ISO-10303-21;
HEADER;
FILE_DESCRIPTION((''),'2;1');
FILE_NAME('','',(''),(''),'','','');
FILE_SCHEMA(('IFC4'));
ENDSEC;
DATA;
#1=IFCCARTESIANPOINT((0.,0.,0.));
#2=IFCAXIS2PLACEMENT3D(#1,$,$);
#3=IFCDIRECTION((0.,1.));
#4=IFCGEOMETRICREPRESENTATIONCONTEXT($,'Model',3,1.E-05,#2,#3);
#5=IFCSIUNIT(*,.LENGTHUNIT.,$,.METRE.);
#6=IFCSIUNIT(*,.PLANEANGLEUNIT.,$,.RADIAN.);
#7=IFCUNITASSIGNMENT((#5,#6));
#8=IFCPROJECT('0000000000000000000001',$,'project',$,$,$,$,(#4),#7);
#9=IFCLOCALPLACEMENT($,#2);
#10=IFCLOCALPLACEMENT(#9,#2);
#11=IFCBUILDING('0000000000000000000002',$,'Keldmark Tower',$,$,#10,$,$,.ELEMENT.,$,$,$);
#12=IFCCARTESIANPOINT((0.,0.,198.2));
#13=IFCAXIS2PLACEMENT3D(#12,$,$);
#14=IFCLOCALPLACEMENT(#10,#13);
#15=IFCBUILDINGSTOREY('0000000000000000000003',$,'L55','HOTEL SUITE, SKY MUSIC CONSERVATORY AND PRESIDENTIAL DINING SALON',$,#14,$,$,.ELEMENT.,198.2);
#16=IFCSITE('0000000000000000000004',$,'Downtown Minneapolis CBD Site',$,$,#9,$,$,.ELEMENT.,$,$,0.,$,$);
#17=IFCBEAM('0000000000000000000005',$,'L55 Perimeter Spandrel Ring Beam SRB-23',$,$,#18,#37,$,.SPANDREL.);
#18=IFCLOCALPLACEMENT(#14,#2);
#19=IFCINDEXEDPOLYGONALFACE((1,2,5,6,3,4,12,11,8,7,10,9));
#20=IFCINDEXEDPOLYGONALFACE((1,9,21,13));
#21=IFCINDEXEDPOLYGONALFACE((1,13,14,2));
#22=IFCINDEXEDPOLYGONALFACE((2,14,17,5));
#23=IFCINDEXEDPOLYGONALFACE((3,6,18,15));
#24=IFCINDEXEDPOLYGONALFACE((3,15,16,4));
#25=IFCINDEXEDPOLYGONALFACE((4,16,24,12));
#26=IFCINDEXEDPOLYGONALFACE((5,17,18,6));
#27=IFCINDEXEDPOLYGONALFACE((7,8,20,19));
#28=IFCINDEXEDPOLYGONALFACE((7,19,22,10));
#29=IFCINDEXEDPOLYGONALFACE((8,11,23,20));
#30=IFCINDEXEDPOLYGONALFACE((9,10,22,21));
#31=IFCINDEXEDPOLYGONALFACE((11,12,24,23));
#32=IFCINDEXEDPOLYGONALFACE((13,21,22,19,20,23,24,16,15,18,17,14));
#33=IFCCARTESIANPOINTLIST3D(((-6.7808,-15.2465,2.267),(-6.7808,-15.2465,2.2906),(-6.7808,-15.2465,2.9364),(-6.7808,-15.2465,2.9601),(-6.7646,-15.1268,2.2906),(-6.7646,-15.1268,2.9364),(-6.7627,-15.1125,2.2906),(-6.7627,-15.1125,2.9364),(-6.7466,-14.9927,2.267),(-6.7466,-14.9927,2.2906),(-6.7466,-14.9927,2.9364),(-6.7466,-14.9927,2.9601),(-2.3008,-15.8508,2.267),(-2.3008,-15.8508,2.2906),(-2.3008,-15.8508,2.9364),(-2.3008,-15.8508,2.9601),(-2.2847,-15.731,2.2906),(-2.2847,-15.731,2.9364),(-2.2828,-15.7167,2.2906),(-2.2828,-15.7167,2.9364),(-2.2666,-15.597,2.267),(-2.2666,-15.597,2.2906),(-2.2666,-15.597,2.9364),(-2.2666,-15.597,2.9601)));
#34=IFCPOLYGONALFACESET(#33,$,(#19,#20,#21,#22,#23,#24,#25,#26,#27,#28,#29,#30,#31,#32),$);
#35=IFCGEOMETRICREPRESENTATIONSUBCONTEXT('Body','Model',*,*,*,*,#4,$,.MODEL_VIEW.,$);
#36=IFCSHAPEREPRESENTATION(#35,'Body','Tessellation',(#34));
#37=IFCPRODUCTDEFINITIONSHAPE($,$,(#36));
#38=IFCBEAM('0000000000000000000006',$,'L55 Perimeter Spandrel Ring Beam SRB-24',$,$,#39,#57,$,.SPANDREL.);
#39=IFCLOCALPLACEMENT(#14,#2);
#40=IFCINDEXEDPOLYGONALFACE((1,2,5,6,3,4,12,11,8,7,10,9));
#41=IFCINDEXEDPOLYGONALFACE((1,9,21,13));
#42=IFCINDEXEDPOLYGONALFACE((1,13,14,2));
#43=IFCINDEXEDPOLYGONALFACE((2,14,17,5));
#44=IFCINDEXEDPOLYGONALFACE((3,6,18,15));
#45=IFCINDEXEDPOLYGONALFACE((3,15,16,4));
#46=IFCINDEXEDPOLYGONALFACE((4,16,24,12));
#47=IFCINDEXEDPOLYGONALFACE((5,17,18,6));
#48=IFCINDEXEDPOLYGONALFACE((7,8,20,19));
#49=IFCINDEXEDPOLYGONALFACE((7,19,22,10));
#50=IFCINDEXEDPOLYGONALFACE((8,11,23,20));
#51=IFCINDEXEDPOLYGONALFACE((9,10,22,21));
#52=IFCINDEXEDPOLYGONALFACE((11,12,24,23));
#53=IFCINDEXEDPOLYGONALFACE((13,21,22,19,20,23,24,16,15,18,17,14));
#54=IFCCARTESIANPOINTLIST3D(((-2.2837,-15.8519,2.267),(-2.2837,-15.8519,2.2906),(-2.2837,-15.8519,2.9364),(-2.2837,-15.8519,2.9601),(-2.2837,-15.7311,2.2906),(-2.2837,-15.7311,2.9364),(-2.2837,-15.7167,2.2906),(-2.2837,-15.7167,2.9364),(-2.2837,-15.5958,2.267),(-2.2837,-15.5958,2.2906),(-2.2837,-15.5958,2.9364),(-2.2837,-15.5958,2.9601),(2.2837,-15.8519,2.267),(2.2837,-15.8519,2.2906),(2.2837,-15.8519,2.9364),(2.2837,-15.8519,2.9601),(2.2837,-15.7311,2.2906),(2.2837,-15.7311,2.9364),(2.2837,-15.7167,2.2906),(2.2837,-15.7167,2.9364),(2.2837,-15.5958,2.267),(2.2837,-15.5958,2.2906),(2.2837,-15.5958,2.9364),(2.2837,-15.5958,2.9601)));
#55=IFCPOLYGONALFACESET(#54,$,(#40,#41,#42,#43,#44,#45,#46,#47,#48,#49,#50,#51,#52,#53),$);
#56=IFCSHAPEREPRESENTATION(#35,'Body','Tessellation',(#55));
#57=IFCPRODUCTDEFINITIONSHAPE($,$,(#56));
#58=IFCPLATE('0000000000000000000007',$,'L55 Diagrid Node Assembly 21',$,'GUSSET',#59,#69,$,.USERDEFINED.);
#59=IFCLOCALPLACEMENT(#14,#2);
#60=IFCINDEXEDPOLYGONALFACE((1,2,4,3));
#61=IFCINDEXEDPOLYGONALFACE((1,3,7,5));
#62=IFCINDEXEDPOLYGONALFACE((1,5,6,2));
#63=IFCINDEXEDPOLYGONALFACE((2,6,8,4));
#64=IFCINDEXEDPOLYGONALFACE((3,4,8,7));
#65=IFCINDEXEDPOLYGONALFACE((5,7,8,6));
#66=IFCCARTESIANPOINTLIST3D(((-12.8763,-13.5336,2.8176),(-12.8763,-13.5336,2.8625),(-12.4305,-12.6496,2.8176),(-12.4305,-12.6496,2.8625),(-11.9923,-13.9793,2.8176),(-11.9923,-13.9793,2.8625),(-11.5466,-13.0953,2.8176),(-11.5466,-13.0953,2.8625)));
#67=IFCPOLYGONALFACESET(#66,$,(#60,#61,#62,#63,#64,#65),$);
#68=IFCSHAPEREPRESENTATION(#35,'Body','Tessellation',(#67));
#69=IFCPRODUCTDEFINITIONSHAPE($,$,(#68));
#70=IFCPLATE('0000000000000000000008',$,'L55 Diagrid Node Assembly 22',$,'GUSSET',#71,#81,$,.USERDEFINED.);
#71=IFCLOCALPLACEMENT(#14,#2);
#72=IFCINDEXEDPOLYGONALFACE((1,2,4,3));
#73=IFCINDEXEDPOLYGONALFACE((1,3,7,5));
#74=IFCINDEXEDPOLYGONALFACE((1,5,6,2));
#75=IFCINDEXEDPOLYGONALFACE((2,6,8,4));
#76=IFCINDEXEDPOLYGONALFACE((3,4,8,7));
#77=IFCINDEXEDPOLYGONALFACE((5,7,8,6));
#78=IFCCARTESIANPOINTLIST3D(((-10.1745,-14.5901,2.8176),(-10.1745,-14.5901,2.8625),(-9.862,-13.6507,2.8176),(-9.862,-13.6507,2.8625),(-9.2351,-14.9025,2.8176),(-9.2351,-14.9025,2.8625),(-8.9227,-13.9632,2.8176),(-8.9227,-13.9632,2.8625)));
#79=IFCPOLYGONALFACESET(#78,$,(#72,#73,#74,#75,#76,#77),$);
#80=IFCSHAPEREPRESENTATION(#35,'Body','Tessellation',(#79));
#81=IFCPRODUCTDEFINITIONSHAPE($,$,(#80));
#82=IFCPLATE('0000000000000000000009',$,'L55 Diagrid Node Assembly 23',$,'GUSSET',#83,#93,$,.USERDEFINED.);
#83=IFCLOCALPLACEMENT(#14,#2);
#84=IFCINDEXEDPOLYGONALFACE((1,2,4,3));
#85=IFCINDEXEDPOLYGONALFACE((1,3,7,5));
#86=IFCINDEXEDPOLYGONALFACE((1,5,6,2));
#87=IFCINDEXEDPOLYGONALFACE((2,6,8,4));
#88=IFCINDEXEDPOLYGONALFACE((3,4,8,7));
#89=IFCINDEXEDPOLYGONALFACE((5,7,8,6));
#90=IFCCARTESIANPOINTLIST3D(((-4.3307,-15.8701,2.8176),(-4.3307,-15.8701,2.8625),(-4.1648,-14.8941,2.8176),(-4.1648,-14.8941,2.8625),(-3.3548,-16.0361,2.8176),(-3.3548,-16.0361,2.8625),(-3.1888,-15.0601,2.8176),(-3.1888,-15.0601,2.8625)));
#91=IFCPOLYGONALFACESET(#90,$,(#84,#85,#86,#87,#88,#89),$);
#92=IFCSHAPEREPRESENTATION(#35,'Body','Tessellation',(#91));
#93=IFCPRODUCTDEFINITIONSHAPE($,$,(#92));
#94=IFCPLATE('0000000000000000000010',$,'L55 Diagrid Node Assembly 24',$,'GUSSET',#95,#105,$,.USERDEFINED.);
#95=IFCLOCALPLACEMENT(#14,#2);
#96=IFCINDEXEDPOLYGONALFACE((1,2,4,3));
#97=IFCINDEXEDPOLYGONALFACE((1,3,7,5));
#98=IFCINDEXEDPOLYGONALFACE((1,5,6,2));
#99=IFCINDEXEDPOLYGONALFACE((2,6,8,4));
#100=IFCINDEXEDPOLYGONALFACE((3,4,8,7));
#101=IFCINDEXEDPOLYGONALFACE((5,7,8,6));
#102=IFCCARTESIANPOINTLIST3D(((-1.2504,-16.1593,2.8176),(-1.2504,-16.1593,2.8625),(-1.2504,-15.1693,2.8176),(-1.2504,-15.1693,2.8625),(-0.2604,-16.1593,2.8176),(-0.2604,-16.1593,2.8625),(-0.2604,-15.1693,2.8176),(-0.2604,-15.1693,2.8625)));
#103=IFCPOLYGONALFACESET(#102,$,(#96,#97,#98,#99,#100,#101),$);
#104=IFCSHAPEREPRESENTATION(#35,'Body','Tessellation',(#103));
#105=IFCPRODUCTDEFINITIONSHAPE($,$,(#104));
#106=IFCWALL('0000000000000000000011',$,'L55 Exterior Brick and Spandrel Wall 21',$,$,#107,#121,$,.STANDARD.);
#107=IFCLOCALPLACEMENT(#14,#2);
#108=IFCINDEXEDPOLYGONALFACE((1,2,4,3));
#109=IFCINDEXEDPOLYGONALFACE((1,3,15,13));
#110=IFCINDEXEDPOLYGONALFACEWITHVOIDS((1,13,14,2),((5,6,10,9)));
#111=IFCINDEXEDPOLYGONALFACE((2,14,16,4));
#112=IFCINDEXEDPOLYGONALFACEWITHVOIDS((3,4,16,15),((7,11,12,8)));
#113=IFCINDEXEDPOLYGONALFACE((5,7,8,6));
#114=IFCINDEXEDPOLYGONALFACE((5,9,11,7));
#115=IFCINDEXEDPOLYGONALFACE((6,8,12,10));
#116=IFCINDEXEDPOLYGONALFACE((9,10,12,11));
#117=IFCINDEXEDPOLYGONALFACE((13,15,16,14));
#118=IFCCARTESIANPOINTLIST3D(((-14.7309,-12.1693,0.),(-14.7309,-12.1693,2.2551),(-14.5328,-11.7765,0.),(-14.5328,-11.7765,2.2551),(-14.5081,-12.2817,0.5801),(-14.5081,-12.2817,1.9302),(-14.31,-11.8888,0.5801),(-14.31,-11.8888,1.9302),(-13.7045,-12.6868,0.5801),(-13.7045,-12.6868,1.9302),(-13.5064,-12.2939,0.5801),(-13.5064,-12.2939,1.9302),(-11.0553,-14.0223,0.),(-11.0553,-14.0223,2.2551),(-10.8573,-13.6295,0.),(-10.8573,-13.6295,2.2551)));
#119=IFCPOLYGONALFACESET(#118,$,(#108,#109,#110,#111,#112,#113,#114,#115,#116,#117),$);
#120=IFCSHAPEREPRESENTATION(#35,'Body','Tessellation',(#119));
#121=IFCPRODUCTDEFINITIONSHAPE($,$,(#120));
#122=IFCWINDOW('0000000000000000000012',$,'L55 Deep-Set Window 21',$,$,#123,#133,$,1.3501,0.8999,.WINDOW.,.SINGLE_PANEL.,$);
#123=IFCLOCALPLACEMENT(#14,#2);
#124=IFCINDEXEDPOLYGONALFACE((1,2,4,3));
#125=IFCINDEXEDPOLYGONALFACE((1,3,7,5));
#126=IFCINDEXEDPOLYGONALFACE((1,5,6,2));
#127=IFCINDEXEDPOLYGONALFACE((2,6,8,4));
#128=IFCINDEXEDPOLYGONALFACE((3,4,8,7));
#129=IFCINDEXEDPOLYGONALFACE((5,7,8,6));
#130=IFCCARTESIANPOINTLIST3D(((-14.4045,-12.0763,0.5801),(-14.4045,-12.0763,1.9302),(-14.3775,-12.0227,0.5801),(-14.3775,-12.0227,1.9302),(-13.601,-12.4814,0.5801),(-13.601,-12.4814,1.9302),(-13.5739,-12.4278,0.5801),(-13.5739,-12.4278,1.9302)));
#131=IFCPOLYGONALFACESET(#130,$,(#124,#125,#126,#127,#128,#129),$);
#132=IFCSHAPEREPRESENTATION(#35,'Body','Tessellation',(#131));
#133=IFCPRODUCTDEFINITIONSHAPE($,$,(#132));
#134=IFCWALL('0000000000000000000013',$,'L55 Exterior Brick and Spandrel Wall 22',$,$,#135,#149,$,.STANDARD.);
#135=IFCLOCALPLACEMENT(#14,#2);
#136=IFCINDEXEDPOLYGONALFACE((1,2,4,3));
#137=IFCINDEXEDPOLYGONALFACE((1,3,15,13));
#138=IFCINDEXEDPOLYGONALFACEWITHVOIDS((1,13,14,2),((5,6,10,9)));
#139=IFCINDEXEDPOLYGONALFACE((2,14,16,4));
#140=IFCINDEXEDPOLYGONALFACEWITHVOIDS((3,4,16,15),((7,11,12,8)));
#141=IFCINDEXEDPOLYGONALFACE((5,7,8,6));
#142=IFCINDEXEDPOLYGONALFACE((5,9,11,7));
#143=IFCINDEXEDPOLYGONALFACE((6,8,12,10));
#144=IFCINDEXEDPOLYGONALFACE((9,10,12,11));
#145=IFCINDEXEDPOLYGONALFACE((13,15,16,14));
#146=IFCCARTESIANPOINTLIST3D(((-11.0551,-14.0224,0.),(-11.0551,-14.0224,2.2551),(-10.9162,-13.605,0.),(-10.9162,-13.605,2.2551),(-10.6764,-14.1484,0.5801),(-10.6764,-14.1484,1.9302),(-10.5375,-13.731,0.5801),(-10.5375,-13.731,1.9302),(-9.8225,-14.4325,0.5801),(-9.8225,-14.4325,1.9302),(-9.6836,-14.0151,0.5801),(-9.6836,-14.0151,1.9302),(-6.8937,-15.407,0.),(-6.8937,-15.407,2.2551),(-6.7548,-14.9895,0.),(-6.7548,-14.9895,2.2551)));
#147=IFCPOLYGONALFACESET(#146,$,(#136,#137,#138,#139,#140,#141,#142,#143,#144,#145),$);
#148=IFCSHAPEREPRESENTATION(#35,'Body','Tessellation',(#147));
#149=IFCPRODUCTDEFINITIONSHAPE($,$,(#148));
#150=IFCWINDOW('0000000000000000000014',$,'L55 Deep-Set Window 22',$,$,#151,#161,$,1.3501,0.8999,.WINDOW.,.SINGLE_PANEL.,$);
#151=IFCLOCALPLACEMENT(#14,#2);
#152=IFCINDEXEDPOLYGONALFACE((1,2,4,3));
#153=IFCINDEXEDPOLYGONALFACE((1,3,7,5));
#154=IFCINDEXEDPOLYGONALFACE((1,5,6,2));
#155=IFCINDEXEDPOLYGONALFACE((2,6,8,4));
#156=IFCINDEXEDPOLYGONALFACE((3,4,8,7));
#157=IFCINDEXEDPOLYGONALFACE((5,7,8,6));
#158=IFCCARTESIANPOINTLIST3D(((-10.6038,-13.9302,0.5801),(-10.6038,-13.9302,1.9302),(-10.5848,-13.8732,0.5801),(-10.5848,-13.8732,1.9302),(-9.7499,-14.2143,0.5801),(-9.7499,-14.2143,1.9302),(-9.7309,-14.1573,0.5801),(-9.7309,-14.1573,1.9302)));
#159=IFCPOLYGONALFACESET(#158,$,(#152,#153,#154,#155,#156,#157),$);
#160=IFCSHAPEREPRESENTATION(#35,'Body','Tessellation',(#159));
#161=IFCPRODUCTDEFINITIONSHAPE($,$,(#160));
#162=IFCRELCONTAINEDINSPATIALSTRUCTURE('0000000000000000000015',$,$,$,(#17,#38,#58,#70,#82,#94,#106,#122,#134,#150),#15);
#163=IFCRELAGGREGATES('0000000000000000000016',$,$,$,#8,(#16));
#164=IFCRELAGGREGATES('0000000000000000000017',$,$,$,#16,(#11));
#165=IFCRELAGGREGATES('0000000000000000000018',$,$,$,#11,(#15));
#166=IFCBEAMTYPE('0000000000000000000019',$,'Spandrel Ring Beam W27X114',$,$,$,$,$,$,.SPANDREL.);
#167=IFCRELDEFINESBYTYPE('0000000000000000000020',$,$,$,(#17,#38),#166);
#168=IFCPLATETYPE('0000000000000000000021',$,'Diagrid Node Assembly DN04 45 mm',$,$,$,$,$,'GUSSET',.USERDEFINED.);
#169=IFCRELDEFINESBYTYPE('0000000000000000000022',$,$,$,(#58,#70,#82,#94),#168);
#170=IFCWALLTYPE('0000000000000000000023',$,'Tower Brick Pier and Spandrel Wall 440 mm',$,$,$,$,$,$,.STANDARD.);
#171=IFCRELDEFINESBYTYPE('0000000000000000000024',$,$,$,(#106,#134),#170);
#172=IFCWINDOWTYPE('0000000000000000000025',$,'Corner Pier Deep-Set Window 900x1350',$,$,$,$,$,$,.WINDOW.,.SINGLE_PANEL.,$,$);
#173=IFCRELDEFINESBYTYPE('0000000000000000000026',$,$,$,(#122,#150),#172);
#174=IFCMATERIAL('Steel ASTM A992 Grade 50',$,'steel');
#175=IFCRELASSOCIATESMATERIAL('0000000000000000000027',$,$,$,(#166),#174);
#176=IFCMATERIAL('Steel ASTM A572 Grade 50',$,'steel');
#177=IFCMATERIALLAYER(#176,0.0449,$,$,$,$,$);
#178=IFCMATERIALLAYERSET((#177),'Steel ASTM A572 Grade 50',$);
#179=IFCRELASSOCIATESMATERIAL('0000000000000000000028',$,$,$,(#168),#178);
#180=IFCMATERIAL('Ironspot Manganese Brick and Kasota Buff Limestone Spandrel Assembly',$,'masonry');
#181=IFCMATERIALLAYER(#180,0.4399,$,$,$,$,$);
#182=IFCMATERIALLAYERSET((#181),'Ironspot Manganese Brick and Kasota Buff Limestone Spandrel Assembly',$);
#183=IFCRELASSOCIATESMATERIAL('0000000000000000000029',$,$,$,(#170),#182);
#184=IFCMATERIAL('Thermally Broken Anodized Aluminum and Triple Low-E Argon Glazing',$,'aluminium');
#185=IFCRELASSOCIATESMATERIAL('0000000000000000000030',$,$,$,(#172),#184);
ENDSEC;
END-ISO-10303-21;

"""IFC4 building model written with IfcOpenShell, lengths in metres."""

from ifc_helpers import new_model, si_unit, direction, frame, frame_2d, origin, origin_2d, place, context, subcontext, project, spatial, rectangle, i_section, extrude, material, layer, layer_set, material_profile, profile_set, type_object, element, fill, save


model = new_model("IFC4")

# Units and contexts
model_context = context("Model", 3, precision=1e-05, world=origin(), true_north=direction((0.0, 1.0)))
body_context = subcontext(model_context, "Body", "Model", "MODEL_VIEW")
ifc_project = project(units=[si_unit("LENGTHUNIT", "METRE"), si_unit("PLANEANGLEUNIT", "RADIAN")], contexts=[model_context])

# Site, building, storey
site_placement = place(None, origin())
site = spatial("IfcSite", under=ifc_project, at=site_placement, Name="Downtown Minneapolis CBD Site", CompositionType="ELEMENT", RefElevation=0.0)
building_placement = place(site_placement, origin())
building = spatial("IfcBuilding", under=site, at=building_placement, Name="Keldmark Tower", CompositionType="ELEMENT")
storey_placement = place(building_placement, frame((0.0, 0.0, 198.2)))
storey = spatial("IfcBuildingStorey", under=building, at=storey_placement, Name="L55", Description="HOTEL SUITE, SKY MUSIC CONSERVATORY AND PRESIDENTIAL DINING SALON", CompositionType="ELEMENT", Elevation=198.2)

# Beams
ifc_material_1 = material(Name="Steel ASTM A992 Grade 50", Category="steel")
ifc_material_profile_1 = material_profile(ifc_material_1, i_section(OverallWidth=0.2561, OverallDepth=0.6931, WebThickness=0.0144, FlangeThickness=0.0237, at=origin_2d()), Name="W27X114")
ifc_profile_set_1 = profile_set([ifc_material_profile_1], Name="Steel ASTM A992 Grade 50")
beam_type_1 = type_object("IfcBeamType", Name="Spandrel Ring Beam W27X114", PredefinedType="SPANDREL", material=ifc_profile_set_1)
beam_1_placement = place(storey_placement, frame((-6.7637, -15.1196, 2.6135), z_axis=(0.991026, -0.133667, 0.0), x_axis=(0.133667, 0.991026, 0.0)))
element("IfcBeam", 1, at=beam_1_placement, inside=storey, type_object=beam_type_1, Name="L55 Perimeter Spandrel Ring Beam SRB-23", PredefinedType="SPANDREL", context=body_context, shape_type="SweptSolid", body=[
    extrude(i_section(OverallWidth=0.2561, OverallDepth=0.6931, WebThickness=0.0144, FlangeThickness=0.0237, at=origin_2d()), origin(), (0.0, 0.0, 1.0), 4.5205),
])
beam_2_placement = place(storey_placement, frame((-2.2837, -15.7239, 2.6135), z_axis=(1.0, 0.0, 0.0), x_axis=(0.0, 1.0, 0.0)))
element("IfcBeam", 2, at=beam_2_placement, inside=storey, type_object=beam_type_1, Name="L55 Perimeter Spandrel Ring Beam SRB-24", PredefinedType="SPANDREL", context=body_context, shape_type="SweptSolid", body=[
    extrude(i_section(OverallWidth=0.2561, OverallDepth=0.6931, WebThickness=0.0144, FlangeThickness=0.0237, at=origin_2d()), origin(), (0.0, 0.0, 1.0), 4.5674),
])

# Plates
ifc_material_2 = material(Name="Steel ASTM A572 Grade 50", Category="steel")
ifc_layer_1 = layer(ifc_material_2, 0.0449)
ifc_layer_set_1 = layer_set([ifc_layer_1], Name="Steel ASTM A572 Grade 50")
plate_type = type_object("IfcPlateType", Name="Diagrid Node Assembly DN04 45 mm", ElementType="GUSSET", PredefinedType="USERDEFINED", material=ifc_layer_set_1)
for number, where, z_axis, x_axis, name in (
    (3, (-12.2114, -13.3145, 2.8176), (0.0, 0.0, 1.0), (0.8929, -0.450254, 0.0), "L55 Diagrid Node Assembly 21"),
    (4, (-9.5486, -14.2766, 2.8176), (0.0, 0.0, 1.0), (0.948876, -0.315649, 0.0), "L55 Diagrid Node Assembly 22"),
    (5, (-3.7598, -15.4651, 2.8176), (0.0, 0.0, 1.0), (0.98585, -0.167629, 0.0), "L55 Diagrid Node Assembly 23"),
    (6, (-0.7554, -15.6643, 2.8176), (0.0, 0.0, 1.0), (1.0, 0.0, 0.0), "L55 Diagrid Node Assembly 24"),
):
    element("IfcPlate", number, at=place(storey_placement, frame(where, z_axis=z_axis, x_axis=x_axis)), inside=storey, type_object=plate_type, Name=name, ObjectType="GUSSET", PredefinedType="USERDEFINED", context=body_context, shape_type="SweptSolid", body=[
        extrude(rectangle(XDim=0.99, YDim=0.99, at=origin_2d()), origin(), (0.0, 0.0, 1.0), 0.0449),
    ])

# Walls, openings, windows
ifc_material_3 = material(Name="Ironspot Manganese Brick and Kasota Buff Limestone Spandrel Assembly", Category="masonry")
ifc_layer_2 = layer(ifc_material_3, 0.4399)
ifc_layer_set_2 = layer_set([ifc_layer_2], Name="Ironspot Manganese Brick and Kasota Buff Limestone Spandrel Assembly")
wall_type = type_object("IfcWallType", Name="Tower Brick Pier and Spandrel Wall 440 mm", PredefinedType="STANDARD", material=ifc_layer_set_2)
wall_1_placement = place(storey_placement, frame((-10.9563, -13.8259, 0.0), z_axis=(0.0, 0.0, 1.0), x_axis=(-0.892939, 0.450177, 0.0)))
wall_1 = element("IfcWall", 7, at=wall_1_placement, inside=storey, type_object=wall_type, Name="L55 Exterior Brick and Spandrel Wall 21", PredefinedType="STANDARD", context=body_context, shape_type="SweptSolid", body=[
    extrude(rectangle(XDim=4.1162, YDim=0.4399, at=frame_2d((2.0581, 0.0))), origin(), (0.0, 0.0, 1.0), 2.2551),
])
opening_1_placement = place(wall_1_placement, frame((2.9668, 0.0, 0.5801)))
opening_1 = element("IfcOpeningElement", 8, at=opening_1_placement, cuts=wall_1, PredefinedType="OPENING", context=body_context, shape_type="SweptSolid", body=[
    extrude(rectangle(XDim=0.8999, YDim=1.3501, at=frame_2d((0.45, 0.675))), frame((0.0, 0.23, 0.0), z_axis=(0.0, -1.0, 0.0), x_axis=(1.0, 0.0, 0.0)), (0.0, 0.0, 1.0), 0.46),
])
ifc_material_4 = material(Name="Thermally Broken Anodized Aluminum and Triple Low-E Argon Glazing", Category="aluminium")
window_type = type_object("IfcWindowType", Name="Corner Pier Deep-Set Window 900x1350", PartitioningType="SINGLE_PANEL", PredefinedType="WINDOW", material=ifc_material_4)
window_1_placement = place(opening_1_placement, origin())
window_1 = element("IfcWindow", 9, at=window_1_placement, inside=storey, type_object=window_type, Name="L55 Deep-Set Window 21", OverallHeight=1.3501, OverallWidth=0.8999, PartitioningType="SINGLE_PANEL", PredefinedType="WINDOW", context=body_context, shape_type="SweptSolid", body=[
    extrude(rectangle(XDim=0.8999, YDim=1.3501, at=frame_2d((0.45, 0.675))), frame((0.0, -0.01, 0.0), z_axis=(0.0, -1.0, 0.0), x_axis=(1.0, 0.0, 0.0)), (0.0, 0.0, 1.0), 0.0601),
])
fill(opening_1, window_1)
wall_2_placement = place(storey_placement, frame((-6.8242, -15.1982, 0.0), z_axis=(0.0, 0.0, 1.0), x_axis=(-0.948861, 0.315693, 0.0)))
wall_2 = element("IfcWall", 10, at=wall_2_placement, inside=storey, type_object=wall_type, Name="L55 Exterior Brick and Spandrel Wall 22", PredefinedType="STANDARD", context=body_context, shape_type="SweptSolid", body=[
    extrude(rectangle(XDim=4.3857, YDim=0.4399, at=frame_2d((2.1929, 0.0))), origin(), (0.0, 0.0, 1.0), 2.2551),
])
opening_2_placement = place(wall_2_placement, frame((3.0867, 0.0, 0.5801)))
opening_2 = element("IfcOpeningElement", 11, at=opening_2_placement, cuts=wall_2, PredefinedType="OPENING", context=body_context, shape_type="SweptSolid", body=[
    extrude(rectangle(XDim=0.8999, YDim=1.3501, at=frame_2d((0.45, 0.675))), frame((0.0, 0.23, 0.0), z_axis=(0.0, -1.0, 0.0), x_axis=(1.0, 0.0, 0.0)), (0.0, 0.0, 1.0), 0.46),
])
window_2_placement = place(opening_2_placement, origin())
window_2 = element("IfcWindow", 12, at=window_2_placement, inside=storey, type_object=window_type, Name="L55 Deep-Set Window 22", OverallHeight=1.3501, OverallWidth=0.8999, PartitioningType="SINGLE_PANEL", PredefinedType="WINDOW", context=body_context, shape_type="SweptSolid", body=[
    extrude(rectangle(XDim=0.8999, YDim=1.3501, at=frame_2d((0.45, 0.675))), frame((0.0, -0.01, 0.0), z_axis=(0.0, -1.0, 0.0), x_axis=(1.0, 0.0, 0.0)), (0.0, 0.0, 1.0), 0.0601),
])
fill(opening_2, window_2)

save(model, "model.ifc")
